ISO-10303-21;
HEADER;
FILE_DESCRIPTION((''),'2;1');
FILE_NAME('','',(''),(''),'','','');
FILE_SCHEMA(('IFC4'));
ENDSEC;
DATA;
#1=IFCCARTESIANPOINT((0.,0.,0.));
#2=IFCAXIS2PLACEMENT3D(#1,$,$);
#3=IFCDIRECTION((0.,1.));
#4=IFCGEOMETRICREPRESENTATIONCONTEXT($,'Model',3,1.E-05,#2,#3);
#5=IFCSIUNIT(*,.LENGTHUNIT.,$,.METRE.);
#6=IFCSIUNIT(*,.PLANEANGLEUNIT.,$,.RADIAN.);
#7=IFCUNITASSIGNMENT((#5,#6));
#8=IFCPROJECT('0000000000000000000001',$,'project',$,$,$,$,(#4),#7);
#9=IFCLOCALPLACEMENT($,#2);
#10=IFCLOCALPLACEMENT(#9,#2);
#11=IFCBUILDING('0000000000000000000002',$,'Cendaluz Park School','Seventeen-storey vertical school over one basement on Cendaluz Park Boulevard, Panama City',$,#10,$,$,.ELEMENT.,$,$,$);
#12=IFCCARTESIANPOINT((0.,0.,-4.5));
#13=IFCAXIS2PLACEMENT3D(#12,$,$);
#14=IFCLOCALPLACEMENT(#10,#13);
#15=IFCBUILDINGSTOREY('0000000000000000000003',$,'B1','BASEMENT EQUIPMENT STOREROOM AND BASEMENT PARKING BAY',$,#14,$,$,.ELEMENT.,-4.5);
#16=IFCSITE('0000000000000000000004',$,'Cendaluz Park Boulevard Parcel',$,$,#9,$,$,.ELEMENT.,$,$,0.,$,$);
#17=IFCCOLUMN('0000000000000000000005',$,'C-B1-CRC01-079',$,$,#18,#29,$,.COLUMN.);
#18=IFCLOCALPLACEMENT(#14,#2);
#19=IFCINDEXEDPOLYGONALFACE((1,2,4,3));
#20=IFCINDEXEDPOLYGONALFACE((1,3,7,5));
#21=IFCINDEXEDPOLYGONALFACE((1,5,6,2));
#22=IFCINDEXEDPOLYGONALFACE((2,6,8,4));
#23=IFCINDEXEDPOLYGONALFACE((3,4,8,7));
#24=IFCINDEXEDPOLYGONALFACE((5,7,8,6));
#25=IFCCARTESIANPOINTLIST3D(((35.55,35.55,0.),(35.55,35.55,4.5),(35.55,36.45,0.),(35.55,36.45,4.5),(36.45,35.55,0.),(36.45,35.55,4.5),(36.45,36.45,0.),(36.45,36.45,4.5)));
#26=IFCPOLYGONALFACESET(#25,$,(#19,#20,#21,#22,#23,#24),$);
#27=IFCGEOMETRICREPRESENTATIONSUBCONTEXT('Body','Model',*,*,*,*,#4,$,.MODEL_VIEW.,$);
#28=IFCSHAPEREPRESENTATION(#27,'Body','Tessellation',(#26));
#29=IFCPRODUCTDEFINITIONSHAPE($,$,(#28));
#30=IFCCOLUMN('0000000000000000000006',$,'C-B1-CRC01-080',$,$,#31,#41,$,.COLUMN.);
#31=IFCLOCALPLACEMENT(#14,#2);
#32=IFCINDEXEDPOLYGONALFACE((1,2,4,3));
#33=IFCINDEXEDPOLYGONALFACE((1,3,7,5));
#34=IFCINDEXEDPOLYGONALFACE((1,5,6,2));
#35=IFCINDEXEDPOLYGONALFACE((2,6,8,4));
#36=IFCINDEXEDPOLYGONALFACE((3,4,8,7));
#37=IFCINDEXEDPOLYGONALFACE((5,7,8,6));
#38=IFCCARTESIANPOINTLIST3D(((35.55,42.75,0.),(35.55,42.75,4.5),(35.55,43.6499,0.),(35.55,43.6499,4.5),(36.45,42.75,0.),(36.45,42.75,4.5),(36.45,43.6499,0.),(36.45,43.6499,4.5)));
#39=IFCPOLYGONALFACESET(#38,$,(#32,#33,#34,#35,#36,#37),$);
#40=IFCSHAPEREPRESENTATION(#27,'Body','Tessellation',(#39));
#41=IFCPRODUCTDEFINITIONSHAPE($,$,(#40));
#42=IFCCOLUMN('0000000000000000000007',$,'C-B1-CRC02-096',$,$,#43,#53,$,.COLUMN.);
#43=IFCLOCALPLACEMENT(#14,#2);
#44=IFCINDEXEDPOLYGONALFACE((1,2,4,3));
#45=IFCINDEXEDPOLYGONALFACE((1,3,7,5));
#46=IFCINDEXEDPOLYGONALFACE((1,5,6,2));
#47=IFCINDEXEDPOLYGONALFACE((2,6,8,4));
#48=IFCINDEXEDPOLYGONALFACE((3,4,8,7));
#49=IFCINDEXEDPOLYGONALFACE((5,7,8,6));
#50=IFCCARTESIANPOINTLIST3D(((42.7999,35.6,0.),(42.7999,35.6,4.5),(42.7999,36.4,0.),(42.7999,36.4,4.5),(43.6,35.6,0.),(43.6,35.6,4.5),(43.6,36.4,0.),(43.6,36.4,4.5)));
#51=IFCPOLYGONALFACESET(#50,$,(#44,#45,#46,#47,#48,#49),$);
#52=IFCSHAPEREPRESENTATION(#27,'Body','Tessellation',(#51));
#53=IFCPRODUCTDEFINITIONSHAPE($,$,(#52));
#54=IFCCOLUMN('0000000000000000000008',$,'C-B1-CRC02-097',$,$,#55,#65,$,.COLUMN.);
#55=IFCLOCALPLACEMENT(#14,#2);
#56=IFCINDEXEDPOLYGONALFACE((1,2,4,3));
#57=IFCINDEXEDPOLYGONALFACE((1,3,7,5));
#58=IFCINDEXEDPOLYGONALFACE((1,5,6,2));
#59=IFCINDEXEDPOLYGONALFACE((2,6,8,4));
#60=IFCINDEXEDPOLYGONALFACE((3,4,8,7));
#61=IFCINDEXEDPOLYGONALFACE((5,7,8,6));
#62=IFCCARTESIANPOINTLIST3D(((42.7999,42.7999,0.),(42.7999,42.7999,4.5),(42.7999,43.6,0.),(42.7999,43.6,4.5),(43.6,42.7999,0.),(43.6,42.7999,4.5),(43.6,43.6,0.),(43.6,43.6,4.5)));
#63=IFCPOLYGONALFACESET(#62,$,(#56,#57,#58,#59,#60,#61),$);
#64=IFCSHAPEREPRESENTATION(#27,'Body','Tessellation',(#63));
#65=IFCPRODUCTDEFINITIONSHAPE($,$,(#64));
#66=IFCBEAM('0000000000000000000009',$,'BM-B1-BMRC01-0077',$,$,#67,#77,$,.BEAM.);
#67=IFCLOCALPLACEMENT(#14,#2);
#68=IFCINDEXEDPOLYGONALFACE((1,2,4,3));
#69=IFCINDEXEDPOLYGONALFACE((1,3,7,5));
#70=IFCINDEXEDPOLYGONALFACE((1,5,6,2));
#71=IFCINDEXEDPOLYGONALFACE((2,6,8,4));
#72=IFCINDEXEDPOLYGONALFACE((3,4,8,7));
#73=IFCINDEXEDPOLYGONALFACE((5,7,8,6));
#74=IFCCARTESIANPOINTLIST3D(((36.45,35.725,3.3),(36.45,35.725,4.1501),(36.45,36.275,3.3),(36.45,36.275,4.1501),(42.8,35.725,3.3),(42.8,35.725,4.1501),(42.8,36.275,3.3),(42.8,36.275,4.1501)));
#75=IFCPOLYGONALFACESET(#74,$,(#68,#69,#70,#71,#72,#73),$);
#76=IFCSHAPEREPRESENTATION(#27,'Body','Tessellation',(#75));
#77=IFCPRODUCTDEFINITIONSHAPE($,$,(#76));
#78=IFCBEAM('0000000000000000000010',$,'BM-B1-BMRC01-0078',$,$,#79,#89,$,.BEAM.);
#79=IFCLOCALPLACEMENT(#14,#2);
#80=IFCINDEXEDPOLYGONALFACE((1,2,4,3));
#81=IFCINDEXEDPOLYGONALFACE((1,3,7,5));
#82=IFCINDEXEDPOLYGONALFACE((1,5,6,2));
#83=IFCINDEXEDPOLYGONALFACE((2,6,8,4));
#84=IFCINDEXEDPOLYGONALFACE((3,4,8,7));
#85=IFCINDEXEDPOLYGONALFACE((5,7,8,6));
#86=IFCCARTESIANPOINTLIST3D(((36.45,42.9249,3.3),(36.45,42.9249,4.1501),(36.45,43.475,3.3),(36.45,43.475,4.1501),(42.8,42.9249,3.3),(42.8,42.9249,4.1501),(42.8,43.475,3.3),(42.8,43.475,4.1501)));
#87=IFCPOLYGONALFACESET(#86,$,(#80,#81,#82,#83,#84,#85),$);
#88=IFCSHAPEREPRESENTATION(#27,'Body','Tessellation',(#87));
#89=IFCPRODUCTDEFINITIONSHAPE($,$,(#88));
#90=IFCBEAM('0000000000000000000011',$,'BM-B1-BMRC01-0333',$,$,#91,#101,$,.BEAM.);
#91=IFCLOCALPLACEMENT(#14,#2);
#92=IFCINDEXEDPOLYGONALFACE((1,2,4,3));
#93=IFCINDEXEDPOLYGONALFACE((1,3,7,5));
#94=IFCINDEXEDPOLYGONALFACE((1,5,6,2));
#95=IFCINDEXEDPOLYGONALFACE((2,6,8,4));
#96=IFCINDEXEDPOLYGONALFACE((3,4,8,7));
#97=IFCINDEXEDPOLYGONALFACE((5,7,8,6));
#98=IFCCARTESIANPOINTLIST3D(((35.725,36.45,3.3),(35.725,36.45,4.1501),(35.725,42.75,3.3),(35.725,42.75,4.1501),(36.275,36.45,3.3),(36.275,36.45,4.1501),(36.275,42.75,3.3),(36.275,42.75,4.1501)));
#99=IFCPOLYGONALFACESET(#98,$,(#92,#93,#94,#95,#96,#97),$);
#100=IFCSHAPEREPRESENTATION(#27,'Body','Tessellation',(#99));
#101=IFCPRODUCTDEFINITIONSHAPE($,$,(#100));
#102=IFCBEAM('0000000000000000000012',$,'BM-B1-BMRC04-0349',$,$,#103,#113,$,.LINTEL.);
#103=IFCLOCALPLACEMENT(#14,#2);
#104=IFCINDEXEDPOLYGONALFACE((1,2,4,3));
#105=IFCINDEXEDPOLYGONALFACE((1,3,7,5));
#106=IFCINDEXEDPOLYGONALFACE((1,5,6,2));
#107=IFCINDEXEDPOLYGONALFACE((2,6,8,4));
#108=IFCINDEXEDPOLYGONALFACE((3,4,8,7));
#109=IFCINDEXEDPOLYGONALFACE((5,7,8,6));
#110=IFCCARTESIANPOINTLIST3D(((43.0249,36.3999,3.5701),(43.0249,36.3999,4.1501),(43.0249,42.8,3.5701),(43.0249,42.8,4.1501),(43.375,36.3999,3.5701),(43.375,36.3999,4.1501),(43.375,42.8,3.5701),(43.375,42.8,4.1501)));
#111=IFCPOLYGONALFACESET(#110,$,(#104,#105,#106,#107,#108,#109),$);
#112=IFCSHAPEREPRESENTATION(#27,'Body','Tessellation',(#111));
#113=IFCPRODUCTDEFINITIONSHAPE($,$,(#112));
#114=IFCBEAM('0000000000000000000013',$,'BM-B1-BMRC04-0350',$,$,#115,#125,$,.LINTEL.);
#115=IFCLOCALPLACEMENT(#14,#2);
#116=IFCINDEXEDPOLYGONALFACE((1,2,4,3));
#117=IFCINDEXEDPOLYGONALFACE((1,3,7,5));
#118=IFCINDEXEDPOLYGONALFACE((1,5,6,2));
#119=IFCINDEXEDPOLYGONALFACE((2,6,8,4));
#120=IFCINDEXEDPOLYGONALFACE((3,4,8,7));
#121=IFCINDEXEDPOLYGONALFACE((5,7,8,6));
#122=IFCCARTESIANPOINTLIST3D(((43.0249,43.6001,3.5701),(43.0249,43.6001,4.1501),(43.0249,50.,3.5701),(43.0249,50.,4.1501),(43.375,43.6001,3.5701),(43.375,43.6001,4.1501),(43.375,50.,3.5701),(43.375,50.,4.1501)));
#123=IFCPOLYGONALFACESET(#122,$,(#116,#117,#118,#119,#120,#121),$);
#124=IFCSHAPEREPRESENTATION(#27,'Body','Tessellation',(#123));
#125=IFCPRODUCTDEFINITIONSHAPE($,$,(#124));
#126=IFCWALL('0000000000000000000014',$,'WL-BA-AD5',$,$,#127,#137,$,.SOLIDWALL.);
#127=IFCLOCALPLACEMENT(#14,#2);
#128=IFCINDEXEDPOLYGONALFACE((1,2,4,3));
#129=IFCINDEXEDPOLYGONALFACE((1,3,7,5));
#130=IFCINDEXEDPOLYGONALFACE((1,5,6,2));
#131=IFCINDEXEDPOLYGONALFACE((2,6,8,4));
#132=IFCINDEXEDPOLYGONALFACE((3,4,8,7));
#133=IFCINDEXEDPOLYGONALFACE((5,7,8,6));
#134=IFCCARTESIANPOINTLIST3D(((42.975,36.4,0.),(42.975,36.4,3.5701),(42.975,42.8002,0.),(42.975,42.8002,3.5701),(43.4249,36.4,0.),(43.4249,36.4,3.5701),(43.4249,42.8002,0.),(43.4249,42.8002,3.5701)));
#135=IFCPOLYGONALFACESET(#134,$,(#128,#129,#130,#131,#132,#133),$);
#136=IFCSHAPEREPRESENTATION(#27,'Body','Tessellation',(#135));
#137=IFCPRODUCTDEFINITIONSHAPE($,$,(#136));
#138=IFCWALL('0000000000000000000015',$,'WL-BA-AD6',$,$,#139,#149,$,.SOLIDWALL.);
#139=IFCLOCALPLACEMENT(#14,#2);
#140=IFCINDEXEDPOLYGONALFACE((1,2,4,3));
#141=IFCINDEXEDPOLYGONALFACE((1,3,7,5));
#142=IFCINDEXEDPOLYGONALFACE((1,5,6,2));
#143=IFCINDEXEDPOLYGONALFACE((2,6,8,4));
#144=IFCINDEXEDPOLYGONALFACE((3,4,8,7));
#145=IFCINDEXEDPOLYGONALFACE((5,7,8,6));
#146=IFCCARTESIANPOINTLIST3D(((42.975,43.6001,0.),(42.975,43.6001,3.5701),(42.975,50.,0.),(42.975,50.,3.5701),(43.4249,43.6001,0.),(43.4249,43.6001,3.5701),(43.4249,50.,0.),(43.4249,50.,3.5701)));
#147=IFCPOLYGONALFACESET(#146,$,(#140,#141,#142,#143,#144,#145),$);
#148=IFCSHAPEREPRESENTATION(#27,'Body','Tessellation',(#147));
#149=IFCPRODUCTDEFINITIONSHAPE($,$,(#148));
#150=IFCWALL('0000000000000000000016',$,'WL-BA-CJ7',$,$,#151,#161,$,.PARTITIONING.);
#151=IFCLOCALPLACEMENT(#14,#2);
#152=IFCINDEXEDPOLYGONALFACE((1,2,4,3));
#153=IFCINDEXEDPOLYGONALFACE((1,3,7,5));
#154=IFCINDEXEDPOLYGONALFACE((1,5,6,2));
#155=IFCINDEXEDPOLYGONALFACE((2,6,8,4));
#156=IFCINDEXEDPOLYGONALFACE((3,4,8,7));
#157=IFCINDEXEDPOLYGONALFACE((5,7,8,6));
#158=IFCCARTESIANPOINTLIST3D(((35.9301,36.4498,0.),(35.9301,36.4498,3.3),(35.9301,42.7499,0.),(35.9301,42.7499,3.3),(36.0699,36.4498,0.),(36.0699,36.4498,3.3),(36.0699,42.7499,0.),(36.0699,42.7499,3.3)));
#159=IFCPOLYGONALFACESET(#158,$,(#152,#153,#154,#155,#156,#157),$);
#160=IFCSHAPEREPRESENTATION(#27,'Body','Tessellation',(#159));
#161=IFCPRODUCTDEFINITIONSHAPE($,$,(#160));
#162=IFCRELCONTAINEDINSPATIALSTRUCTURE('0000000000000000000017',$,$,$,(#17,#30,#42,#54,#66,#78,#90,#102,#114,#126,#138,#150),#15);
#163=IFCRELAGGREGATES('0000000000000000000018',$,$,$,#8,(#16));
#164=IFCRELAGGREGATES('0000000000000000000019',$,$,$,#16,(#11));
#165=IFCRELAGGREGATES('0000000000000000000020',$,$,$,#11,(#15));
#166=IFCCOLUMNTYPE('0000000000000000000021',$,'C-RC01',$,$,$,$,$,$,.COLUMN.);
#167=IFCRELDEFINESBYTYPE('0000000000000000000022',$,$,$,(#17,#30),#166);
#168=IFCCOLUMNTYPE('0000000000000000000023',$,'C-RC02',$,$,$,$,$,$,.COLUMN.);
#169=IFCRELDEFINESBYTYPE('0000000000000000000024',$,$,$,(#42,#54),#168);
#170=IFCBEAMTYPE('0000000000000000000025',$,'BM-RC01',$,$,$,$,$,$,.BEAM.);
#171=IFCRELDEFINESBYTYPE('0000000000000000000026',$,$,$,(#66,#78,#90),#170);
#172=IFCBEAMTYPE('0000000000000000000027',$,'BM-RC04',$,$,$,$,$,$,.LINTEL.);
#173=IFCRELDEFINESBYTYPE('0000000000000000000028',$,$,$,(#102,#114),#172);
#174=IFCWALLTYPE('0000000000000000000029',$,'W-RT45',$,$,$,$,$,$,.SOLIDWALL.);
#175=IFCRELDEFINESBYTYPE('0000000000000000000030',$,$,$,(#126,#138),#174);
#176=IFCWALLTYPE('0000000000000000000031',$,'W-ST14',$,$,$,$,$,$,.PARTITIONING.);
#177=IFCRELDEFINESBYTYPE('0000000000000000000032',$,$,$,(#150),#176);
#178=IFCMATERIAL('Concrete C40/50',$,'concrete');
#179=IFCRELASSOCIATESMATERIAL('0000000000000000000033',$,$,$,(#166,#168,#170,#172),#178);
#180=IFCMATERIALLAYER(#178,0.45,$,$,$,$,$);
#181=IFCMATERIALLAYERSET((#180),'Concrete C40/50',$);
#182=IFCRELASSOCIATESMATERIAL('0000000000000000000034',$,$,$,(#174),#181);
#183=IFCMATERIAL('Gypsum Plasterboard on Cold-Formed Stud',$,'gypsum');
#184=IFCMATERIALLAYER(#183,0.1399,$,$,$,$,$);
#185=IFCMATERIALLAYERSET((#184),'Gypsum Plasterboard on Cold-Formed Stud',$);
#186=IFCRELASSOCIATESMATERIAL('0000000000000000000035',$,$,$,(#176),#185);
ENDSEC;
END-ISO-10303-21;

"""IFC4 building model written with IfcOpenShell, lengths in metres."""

from ifc_helpers import new_model, si_unit, direction, frame, frame_2d, origin, origin_2d, place, context, subcontext, project, spatial, rectangle, extrude, material, layer, layer_set, material_profile, profile_set, type_object, element, save


model = new_model("IFC4")

# Units and contexts
model_context = context("Model", 3, precision=1e-05, world=origin(), true_north=direction((0.0, 1.0)))
body_context = subcontext(model_context, "Body", "Model", "MODEL_VIEW")
ifc_project = project(units=[si_unit("LENGTHUNIT", "METRE"), si_unit("PLANEANGLEUNIT", "RADIAN")], contexts=[model_context])

# Site, building, storey
site_placement = place(None, origin())
site = spatial("IfcSite", under=ifc_project, at=site_placement, Name="Cendaluz Park Boulevard Parcel", CompositionType="ELEMENT", RefElevation=0.0)
building_placement = place(site_placement, origin())
building = spatial("IfcBuilding", under=site, at=building_placement, Name="Cendaluz Park School", Description="Seventeen-storey vertical school over one basement on Cendaluz Park Boulevard, Panama City", CompositionType="ELEMENT")
storey_placement = place(building_placement, frame((0.0, 0.0, -4.5)))
storey = spatial("IfcBuildingStorey", under=building, at=storey_placement, Name="B1", Description="BASEMENT EQUIPMENT STOREROOM AND BASEMENT PARKING BAY", CompositionType="ELEMENT", Elevation=-4.5)

# Shared definitions
ifc_material_1 = material(Name="Concrete C40/50", Category="concrete")

# Columns
ifc_material_profile_1 = material_profile(ifc_material_1, rectangle(XDim=0.8999, YDim=0.8999, at=origin_2d()), Name="RC 900x900", Category="concrete")
ifc_profile_set_1 = profile_set([ifc_material_profile_1], Name="Concrete C40/50")
column_type_1 = type_object("IfcColumnType", Name="C-RC01", PredefinedType="COLUMN", material=ifc_profile_set_1)
for number, where, z_axis, x_axis, name in (
    (1, (36.0, 36.0, 0.0), (0.0, 0.0, 1.0), (1.0, 0.0, 0.0), "C-B1-CRC01-079"),
    (2, (36.0, 43.2, 0.0), (0.0, 0.0, 1.0), (1.0, 0.0, 0.0), "C-B1-CRC01-080"),
):
    element("IfcColumn", number, at=place(storey_placement, frame(where, z_axis=z_axis, x_axis=x_axis)), inside=storey, type_object=column_type_1, Name=name, PredefinedType="COLUMN", context=body_context, shape_type="SweptSolid", body=[
        extrude(rectangle(XDim=0.8999, YDim=0.8999, at=origin_2d()), origin(), (0.0, 0.0, 1.0), 4.5),
    ])
ifc_material_profile_2 = material_profile(ifc_material_1, rectangle(XDim=0.8, YDim=0.8, at=origin_2d()), Name="RC 800x800", Category="concrete")
ifc_profile_set_2 = profile_set([ifc_material_profile_2], Name="Concrete C40/50")
column_type_2 = type_object("IfcColumnType", Name="C-RC02", PredefinedType="COLUMN", material=ifc_profile_set_2)
for number, where, z_axis, x_axis, name in (
    (3, (43.2, 36.0, 0.0), (0.0, 0.0, 1.0), (1.0, 0.0, 0.0), "C-B1-CRC02-096"),
    (4, (43.2, 43.2, 0.0), (0.0, 0.0, 1.0), (1.0, 0.0, 0.0), "C-B1-CRC02-097"),
):
    element("IfcColumn", number, at=place(storey_placement, frame(where, z_axis=z_axis, x_axis=x_axis)), inside=storey, type_object=column_type_2, Name=name, PredefinedType="COLUMN", context=body_context, shape_type="SweptSolid", body=[
        extrude(rectangle(XDim=0.8, YDim=0.8, at=origin_2d()), origin(), (0.0, 0.0, 1.0), 4.5),
    ])

# Beams
ifc_material_profile_3 = material_profile(ifc_material_1, rectangle(XDim=0.55, YDim=0.8501, at=origin_2d()), Name="RC 550x850", Category="concrete")
ifc_profile_set_3 = profile_set([ifc_material_profile_3], Name="Concrete C40/50")
beam_type_1 = type_object("IfcBeamType", Name="BM-RC01", PredefinedType="BEAM", material=ifc_profile_set_3)
for number, where, z_axis, x_axis, name in (
    (5, (36.45, 36.0, 3.7251), (1.0, 0.0, 0.0), (0.0, 1.0, 0.0), "BM-B1-BMRC01-0077"),
    (6, (36.45, 43.2, 3.7251), (1.0, 0.0, 0.0), (0.0, 1.0, 0.0), "BM-B1-BMRC01-0078"),
):
    element("IfcBeam", number, at=place(storey_placement, frame(where, z_axis=z_axis, x_axis=x_axis)), inside=storey, type_object=beam_type_1, Name=name, PredefinedType="BEAM", context=body_context, shape_type="SweptSolid", body=[
        extrude(rectangle(XDim=0.55, YDim=0.8501, at=origin_2d()), origin(), (0.0, 0.0, 1.0), 6.3501),
    ])
beam_1_placement = place(storey_placement, frame((36.0, 36.45, 3.7251), z_axis=(0.0, 1.0, 0.0), x_axis=(-1.0, 0.0, 0.0)))
element("IfcBeam", 7, at=beam_1_placement, inside=storey, type_object=beam_type_1, Name="BM-B1-BMRC01-0333", PredefinedType="BEAM", context=body_context, shape_type="SweptSolid", body=[
    extrude(rectangle(XDim=0.55, YDim=0.8501, at=origin_2d()), origin(), (0.0, 0.0, 1.0), 6.3),
])
ifc_material_profile_4 = material_profile(ifc_material_1, rectangle(XDim=0.3501, YDim=0.5801, at=origin_2d()), Name="RC 350x580", Category="concrete")
ifc_profile_set_4 = profile_set([ifc_material_profile_4], Name="Concrete C40/50")
beam_type_2 = type_object("IfcBeamType", Name="BM-RC04", PredefinedType="LINTEL", material=ifc_profile_set_4)
beam_2_placement = place(storey_placement, frame((43.2, 36.3999, 3.8601), z_axis=(0.0, 1.0, 0.0), x_axis=(-1.0, 0.0, 0.0)))
element("IfcBeam", 8, at=beam_2_placement, inside=storey, type_object=beam_type_2, Name="BM-B1-BMRC04-0349", PredefinedType="LINTEL", context=body_context, shape_type="SweptSolid", body=[
    extrude(rectangle(XDim=0.3501, YDim=0.5801, at=origin_2d()), origin(), (0.0, 0.0, 1.0), 6.4001),
])
beam_3_placement = place(storey_placement, frame((43.2, 43.6001, 3.8601), z_axis=(0.0, 1.0, 0.0), x_axis=(-1.0, 0.0, 0.0)))
element("IfcBeam", 9, at=beam_3_placement, inside=storey, type_object=beam_type_2, Name="BM-B1-BMRC04-0350", PredefinedType="LINTEL", context=body_context, shape_type="SweptSolid", body=[
    extrude(rectangle(XDim=0.3501, YDim=0.5801, at=origin_2d()), origin(), (0.0, 0.0, 1.0), 6.3999),
])

# Walls
ifc_layer_1 = layer(ifc_material_1, 0.45)
ifc_layer_set_1 = layer_set([ifc_layer_1], Name="Concrete C40/50")
wall_type_1 = type_object("IfcWallType", Name="W-RT45", PredefinedType="SOLIDWALL", material=ifc_layer_set_1)
wall_1_placement = place(storey_placement, frame((43.2, 36.3999, 0.0), z_axis=(0.0, 0.0, 1.0), x_axis=(0.0, 1.0, 0.0)))
element("IfcWall", 10, at=wall_1_placement, inside=storey, type_object=wall_type_1, Name="WL-BA-AD5", PredefinedType="SOLIDWALL", context=body_context, shape_type="SweptSolid", body=[
    extrude(rectangle(XDim=6.4001, YDim=0.45, at=frame_2d((3.2002, 0.0))), origin(), (0.0, 0.0, 1.0), 3.5701),
])
wall_2_placement = place(storey_placement, frame((43.2, 43.6001, 0.0), z_axis=(0.0, 0.0, 1.0), x_axis=(0.0, 1.0, 0.0)))
element("IfcWall", 11, at=wall_2_placement, inside=storey, type_object=wall_type_1, Name="WL-BA-AD6", PredefinedType="SOLIDWALL", context=body_context, shape_type="SweptSolid", body=[
    extrude(rectangle(XDim=6.3999, YDim=0.45, at=frame_2d((3.2, 0.0))), origin(), (0.0, 0.0, 1.0), 3.5701),
])
ifc_material_2 = material(Name="Gypsum Plasterboard on Cold-Formed Stud", Category="gypsum")
ifc_layer_2 = layer(ifc_material_2, 0.1399)
ifc_layer_set_2 = layer_set([ifc_layer_2], Name="Gypsum Plasterboard on Cold-Formed Stud")
wall_type_2 = type_object("IfcWallType", Name="W-ST14", PredefinedType="PARTITIONING", material=ifc_layer_set_2)
wall_3_placement = place(storey_placement, frame((36.0, 36.45, 0.0), z_axis=(0.0, 0.0, 1.0), x_axis=(0.0, 1.0, 0.0)))
element("IfcWall", 12, at=wall_3_placement, inside=storey, type_object=wall_type_2, Name="WL-BA-CJ7", PredefinedType="PARTITIONING", context=body_context, shape_type="SweptSolid", body=[
    extrude(rectangle(XDim=6.3, YDim=0.1399, at=frame_2d((3.1499, 0.0))), origin(), (0.0, 0.0, 1.0), 3.3),
])

save(model, "model.ifc")
